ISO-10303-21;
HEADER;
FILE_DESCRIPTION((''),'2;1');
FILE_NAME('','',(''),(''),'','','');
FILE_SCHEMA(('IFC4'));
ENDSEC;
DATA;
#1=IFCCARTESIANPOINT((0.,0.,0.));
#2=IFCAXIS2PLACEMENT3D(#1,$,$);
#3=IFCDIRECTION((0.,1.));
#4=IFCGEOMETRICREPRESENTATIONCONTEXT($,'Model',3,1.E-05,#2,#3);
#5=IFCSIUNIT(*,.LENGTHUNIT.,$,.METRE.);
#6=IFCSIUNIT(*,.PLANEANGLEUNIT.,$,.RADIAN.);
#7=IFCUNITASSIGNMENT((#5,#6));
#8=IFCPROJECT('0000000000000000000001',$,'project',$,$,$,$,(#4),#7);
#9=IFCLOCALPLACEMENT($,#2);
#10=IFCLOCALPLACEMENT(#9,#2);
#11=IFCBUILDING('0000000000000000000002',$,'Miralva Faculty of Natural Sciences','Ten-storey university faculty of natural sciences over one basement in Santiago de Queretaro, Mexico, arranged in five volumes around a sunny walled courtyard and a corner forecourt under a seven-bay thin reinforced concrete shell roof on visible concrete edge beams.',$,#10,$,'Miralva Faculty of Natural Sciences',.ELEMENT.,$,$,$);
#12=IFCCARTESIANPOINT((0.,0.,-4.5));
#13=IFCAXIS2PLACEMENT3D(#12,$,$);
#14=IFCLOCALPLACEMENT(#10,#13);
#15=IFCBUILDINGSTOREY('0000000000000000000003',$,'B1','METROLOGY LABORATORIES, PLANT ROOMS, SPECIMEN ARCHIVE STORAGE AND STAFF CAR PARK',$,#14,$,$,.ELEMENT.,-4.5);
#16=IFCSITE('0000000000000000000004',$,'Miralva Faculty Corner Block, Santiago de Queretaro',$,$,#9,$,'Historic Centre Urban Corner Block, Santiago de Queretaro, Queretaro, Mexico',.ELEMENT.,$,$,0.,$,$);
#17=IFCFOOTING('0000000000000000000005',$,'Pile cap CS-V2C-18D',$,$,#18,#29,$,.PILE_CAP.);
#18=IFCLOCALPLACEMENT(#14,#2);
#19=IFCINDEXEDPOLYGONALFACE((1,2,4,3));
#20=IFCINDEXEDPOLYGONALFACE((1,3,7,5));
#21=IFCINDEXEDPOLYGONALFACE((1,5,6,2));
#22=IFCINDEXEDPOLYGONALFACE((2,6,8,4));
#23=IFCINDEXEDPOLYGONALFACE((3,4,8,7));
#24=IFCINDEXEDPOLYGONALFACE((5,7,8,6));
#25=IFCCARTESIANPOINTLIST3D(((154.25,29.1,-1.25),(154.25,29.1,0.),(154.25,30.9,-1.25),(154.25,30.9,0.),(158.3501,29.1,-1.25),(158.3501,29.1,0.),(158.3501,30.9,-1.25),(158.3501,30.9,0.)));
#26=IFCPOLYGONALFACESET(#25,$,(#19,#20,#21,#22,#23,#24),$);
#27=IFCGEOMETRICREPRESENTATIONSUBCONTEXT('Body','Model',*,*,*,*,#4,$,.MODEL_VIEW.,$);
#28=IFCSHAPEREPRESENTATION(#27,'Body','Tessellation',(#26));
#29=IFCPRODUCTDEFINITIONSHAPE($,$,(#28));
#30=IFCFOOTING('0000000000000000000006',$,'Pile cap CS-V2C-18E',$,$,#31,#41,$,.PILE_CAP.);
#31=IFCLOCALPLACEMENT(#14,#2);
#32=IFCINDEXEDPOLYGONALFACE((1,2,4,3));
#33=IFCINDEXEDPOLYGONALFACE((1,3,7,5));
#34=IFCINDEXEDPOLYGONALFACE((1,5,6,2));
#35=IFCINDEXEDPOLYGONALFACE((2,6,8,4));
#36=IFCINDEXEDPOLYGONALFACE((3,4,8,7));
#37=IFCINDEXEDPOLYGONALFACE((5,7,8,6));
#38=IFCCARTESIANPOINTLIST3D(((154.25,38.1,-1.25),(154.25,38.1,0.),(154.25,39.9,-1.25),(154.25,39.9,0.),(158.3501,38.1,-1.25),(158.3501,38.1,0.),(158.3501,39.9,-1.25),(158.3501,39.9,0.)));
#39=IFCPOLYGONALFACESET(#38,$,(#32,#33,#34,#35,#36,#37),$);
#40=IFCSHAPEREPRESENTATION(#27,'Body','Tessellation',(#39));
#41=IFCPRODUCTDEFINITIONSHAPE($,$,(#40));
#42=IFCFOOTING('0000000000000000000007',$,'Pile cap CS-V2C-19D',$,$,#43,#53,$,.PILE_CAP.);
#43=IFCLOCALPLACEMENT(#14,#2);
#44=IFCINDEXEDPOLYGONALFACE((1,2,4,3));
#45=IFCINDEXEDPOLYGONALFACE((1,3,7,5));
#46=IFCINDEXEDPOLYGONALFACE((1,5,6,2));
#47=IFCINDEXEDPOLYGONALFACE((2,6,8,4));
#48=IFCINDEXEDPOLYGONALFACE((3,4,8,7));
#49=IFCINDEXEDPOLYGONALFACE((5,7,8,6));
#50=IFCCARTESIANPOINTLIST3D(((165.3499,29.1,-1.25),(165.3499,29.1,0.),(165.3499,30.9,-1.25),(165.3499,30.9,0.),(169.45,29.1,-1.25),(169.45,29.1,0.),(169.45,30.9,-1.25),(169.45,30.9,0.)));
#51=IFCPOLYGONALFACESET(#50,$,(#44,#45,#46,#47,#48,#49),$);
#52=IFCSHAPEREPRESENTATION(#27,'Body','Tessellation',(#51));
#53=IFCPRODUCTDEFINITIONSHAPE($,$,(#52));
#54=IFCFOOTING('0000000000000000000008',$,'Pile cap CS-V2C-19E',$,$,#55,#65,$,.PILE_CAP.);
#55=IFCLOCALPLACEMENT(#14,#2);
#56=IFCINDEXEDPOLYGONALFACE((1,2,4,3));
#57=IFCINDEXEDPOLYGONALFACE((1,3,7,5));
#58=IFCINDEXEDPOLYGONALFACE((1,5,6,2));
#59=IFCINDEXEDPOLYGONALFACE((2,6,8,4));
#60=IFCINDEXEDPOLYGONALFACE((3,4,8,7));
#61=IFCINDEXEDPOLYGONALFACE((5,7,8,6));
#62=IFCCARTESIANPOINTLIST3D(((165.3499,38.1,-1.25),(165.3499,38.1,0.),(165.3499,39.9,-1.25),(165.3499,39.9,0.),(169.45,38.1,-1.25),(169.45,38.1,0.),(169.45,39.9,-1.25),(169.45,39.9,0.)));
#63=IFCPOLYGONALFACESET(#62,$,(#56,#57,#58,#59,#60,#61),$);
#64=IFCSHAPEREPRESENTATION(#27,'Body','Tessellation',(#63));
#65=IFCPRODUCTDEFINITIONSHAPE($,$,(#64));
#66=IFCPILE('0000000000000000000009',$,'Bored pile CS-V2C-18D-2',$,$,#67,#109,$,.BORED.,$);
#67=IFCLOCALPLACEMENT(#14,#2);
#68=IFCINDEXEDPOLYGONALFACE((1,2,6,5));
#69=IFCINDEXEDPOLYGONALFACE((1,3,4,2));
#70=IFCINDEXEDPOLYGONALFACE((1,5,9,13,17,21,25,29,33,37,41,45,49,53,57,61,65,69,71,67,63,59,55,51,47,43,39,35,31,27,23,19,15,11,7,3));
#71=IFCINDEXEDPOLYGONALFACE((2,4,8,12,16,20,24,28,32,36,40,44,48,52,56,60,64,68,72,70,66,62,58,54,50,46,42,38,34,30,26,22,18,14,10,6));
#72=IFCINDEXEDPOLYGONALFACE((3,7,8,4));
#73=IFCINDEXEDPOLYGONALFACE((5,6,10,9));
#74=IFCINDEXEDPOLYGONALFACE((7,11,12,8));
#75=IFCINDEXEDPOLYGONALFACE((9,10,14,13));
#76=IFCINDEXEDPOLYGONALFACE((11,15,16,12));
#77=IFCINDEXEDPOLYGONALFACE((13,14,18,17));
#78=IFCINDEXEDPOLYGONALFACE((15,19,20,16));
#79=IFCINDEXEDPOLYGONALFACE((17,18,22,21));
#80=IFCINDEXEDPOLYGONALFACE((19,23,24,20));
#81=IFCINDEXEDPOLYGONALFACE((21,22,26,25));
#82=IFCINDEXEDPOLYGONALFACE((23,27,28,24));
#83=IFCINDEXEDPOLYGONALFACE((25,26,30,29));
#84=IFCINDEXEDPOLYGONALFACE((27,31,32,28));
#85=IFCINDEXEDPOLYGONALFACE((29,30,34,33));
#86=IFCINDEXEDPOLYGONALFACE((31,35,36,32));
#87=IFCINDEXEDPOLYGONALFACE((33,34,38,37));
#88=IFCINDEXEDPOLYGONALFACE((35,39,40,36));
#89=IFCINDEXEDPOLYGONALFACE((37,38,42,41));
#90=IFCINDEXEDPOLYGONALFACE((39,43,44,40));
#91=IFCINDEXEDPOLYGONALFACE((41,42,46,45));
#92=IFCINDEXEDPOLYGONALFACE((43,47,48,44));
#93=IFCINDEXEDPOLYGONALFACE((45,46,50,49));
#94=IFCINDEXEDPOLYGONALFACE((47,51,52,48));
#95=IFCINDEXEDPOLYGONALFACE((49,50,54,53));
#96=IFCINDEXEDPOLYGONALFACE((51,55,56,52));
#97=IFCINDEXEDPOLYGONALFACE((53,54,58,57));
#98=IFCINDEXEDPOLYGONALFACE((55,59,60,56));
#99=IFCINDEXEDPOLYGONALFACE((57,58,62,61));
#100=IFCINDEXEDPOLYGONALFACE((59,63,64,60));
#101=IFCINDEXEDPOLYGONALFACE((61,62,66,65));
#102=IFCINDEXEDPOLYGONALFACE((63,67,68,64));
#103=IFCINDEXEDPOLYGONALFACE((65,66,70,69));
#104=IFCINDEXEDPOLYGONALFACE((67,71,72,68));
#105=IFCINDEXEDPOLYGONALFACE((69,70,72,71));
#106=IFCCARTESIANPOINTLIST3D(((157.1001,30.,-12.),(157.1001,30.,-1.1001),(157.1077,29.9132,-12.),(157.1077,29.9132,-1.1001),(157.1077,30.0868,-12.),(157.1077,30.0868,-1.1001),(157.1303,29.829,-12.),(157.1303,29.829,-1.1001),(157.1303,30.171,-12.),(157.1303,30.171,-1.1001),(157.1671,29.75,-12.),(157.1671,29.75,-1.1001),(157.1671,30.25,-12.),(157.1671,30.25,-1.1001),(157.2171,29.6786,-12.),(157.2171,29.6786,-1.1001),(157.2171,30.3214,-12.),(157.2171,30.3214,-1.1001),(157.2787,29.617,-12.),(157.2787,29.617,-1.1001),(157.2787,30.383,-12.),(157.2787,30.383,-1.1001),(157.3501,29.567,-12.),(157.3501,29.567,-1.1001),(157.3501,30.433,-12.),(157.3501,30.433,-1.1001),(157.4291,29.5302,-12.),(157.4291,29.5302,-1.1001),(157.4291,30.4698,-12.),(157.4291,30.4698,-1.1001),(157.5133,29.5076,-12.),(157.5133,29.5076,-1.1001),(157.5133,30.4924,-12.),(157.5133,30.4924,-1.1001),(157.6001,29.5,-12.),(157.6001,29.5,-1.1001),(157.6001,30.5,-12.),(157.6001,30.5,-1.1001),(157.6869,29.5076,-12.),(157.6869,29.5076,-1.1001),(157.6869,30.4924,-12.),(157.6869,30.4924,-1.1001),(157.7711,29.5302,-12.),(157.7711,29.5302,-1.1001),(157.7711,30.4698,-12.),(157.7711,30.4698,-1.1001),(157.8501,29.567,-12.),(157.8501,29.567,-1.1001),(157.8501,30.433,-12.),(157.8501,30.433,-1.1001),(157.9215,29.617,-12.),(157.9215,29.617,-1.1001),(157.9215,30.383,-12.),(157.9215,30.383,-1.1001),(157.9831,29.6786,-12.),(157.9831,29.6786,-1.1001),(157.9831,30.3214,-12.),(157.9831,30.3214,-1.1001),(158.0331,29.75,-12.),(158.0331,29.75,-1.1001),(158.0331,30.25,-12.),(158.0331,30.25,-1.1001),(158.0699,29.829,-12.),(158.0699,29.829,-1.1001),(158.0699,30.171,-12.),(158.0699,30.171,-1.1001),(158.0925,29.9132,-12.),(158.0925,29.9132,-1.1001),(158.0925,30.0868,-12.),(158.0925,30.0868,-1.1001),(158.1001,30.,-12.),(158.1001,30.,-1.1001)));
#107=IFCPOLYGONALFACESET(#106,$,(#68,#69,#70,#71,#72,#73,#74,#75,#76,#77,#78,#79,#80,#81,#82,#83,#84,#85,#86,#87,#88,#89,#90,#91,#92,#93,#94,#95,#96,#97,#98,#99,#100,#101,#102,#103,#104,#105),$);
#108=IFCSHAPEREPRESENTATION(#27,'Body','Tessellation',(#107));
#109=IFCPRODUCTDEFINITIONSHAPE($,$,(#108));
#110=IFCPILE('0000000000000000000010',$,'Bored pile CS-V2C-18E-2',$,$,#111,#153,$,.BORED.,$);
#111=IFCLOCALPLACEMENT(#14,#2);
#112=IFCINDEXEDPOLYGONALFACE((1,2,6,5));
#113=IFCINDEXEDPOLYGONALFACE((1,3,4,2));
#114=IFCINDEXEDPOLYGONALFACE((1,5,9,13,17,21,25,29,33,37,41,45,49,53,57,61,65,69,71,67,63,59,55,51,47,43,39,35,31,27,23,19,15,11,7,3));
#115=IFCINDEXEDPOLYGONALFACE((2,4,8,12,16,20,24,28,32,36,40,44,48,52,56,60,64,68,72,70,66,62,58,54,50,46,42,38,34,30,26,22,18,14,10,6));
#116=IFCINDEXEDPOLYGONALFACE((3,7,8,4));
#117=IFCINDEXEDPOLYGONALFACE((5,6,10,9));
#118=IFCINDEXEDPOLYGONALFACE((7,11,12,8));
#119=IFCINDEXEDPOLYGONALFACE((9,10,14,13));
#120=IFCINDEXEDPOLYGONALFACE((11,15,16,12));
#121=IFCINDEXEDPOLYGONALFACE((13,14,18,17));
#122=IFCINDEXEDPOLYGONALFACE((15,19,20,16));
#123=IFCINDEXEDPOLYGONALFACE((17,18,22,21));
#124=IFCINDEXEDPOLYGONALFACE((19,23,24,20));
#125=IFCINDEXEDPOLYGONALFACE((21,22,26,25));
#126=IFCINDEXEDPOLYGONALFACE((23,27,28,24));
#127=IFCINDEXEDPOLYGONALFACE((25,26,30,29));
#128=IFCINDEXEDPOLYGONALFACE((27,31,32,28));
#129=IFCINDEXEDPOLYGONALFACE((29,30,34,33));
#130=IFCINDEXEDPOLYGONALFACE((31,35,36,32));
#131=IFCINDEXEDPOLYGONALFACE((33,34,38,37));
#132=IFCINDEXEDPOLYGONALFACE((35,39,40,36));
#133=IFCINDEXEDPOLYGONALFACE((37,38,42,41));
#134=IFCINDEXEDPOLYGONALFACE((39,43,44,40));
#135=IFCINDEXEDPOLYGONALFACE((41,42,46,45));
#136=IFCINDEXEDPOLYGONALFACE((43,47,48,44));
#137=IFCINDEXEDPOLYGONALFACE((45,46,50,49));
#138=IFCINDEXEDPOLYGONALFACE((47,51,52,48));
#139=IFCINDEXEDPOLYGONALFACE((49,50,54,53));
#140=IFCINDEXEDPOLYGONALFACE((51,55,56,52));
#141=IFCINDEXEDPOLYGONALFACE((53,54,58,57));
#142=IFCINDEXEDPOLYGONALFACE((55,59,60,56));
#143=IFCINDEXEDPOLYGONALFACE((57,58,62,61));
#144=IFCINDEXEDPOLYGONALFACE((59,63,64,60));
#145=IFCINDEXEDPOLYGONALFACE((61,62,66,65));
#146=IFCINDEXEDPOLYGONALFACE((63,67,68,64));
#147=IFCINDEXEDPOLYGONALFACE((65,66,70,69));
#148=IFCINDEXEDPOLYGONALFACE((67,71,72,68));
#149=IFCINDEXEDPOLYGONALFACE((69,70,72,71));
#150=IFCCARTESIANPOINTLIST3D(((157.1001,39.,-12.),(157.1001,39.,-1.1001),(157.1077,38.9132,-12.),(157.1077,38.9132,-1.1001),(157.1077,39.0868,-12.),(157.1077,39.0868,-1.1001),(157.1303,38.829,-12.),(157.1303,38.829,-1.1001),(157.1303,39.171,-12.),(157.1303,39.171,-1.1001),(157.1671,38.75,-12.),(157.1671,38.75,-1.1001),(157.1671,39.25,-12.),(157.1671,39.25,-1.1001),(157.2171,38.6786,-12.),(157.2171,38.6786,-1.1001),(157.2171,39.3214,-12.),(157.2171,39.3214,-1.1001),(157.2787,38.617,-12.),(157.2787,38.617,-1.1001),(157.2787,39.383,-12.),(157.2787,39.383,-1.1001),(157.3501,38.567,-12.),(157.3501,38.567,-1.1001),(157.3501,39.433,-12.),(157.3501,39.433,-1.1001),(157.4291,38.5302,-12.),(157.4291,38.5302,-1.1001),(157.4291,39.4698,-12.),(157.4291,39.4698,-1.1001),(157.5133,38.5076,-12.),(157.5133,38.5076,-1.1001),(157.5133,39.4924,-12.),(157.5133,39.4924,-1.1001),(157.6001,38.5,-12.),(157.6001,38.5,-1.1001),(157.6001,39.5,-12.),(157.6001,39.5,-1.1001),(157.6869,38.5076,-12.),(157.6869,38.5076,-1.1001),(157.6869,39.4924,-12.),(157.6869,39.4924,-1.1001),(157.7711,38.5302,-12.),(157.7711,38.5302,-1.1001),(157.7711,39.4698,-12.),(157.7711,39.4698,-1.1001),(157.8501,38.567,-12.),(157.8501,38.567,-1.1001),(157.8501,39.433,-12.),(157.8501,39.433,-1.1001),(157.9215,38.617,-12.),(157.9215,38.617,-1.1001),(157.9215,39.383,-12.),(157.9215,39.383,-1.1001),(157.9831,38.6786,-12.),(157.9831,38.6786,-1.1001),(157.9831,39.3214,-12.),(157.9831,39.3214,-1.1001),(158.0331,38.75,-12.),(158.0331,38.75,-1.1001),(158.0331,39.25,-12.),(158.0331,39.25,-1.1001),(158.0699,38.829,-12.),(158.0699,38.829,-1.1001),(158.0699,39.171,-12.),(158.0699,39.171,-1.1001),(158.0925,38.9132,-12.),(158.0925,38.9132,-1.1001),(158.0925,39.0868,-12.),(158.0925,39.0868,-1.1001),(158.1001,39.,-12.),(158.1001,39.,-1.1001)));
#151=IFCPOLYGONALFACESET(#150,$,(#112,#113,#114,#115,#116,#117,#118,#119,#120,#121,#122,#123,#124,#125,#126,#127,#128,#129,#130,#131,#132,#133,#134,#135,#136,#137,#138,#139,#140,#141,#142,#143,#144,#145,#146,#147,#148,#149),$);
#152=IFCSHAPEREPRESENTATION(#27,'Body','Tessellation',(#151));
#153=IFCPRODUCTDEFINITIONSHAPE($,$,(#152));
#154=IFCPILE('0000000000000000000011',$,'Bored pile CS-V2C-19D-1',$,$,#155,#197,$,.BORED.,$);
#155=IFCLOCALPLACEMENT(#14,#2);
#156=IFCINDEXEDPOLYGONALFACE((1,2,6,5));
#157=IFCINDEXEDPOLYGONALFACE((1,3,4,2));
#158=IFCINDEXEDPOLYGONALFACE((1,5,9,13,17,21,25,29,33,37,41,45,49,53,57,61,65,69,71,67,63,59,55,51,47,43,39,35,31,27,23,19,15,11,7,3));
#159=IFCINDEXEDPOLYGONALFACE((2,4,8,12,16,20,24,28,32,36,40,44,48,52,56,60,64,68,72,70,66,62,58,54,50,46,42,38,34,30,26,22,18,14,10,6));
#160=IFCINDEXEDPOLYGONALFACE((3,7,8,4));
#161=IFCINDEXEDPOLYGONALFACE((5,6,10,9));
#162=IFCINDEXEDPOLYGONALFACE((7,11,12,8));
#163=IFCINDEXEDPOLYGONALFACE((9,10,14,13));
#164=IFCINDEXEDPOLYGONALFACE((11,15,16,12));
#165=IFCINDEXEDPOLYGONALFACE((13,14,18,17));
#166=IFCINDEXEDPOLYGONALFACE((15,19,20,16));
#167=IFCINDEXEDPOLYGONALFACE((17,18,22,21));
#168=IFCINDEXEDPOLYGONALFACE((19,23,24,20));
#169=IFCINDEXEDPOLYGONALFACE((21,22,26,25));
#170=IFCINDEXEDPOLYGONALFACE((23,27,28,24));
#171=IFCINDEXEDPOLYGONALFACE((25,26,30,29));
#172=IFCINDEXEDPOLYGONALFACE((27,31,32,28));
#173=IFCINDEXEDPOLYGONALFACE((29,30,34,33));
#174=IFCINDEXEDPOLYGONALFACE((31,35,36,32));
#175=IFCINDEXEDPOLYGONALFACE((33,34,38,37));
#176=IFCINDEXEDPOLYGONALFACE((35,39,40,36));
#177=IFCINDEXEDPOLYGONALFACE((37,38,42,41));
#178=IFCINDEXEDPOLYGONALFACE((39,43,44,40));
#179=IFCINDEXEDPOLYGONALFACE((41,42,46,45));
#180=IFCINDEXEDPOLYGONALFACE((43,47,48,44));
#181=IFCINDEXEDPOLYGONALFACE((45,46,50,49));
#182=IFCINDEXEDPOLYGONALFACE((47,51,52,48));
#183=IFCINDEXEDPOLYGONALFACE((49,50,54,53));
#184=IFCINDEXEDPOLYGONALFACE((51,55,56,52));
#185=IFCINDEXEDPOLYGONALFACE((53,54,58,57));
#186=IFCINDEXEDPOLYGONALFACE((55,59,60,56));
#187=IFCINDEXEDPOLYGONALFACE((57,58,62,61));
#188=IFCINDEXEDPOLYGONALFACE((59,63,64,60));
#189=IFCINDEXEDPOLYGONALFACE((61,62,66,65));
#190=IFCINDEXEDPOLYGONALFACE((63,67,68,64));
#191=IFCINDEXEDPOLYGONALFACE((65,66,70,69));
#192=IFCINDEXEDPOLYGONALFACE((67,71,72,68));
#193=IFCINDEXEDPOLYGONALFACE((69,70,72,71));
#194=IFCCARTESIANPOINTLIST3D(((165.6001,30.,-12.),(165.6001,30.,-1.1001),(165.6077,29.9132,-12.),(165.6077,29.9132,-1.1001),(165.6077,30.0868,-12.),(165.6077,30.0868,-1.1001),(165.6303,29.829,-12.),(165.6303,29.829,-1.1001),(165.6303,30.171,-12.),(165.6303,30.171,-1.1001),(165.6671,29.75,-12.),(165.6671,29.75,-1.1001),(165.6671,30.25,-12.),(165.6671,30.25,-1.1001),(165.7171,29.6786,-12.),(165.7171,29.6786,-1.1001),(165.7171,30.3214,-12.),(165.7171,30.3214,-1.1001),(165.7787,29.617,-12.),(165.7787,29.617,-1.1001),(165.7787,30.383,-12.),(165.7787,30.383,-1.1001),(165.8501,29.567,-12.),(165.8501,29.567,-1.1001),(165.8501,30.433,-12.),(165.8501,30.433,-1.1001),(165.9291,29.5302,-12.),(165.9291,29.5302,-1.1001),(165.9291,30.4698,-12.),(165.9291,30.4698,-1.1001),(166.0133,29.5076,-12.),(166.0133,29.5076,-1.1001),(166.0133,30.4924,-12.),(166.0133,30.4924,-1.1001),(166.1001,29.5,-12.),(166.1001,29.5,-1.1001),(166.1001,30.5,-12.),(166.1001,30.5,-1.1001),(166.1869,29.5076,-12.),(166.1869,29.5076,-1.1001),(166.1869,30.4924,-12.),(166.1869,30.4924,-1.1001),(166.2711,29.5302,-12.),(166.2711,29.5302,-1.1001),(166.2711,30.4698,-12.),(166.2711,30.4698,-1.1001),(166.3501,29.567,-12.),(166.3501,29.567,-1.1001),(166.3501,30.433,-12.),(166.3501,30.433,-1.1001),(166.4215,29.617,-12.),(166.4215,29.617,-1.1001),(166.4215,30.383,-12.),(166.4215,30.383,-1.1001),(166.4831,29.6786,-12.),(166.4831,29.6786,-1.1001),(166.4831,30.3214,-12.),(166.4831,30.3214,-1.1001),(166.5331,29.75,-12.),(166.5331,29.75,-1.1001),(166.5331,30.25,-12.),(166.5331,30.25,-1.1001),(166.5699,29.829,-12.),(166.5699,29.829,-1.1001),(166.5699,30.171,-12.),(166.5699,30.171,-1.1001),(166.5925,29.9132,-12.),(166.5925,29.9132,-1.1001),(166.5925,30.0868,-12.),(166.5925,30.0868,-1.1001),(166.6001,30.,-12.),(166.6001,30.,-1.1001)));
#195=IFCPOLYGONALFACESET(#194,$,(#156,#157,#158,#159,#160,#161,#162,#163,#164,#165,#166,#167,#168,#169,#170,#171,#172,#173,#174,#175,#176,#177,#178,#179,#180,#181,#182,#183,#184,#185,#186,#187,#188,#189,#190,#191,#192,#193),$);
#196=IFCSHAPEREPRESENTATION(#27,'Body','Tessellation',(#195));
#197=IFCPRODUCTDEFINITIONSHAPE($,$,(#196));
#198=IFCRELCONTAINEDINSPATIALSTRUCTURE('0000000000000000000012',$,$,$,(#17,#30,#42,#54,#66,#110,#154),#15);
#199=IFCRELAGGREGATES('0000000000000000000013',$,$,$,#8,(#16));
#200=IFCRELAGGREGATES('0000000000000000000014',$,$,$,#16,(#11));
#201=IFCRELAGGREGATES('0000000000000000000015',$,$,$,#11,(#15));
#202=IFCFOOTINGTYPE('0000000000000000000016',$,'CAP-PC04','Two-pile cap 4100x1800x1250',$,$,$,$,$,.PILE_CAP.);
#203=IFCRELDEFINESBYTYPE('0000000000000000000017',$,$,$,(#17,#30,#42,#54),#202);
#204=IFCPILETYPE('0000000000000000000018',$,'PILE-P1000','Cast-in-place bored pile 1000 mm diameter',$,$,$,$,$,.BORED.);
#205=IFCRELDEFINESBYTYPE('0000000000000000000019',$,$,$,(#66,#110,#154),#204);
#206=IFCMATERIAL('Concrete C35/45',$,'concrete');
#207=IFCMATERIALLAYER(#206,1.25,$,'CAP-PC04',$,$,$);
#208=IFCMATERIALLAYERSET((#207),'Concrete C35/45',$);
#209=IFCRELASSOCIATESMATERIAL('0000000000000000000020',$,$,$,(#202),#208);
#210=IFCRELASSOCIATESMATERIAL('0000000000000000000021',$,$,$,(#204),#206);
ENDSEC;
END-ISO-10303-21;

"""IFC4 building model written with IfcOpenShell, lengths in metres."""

from ifc_helpers import new_model, si_unit, direction, frame, origin, origin_2d, place, context, subcontext, project, spatial, rectangle, circle, extrude, material, layer, layer_set, material_profile, profile_set, type_object, element, save


model = new_model("IFC4")

# Units and contexts
model_context = context("Model", 3, precision=1e-05, world=origin(), true_north=direction((0.0, 1.0)))
body_context = subcontext(model_context, "Body", "Model", "MODEL_VIEW")
ifc_project = project(units=[si_unit("LENGTHUNIT", "METRE"), si_unit("PLANEANGLEUNIT", "RADIAN")], contexts=[model_context])

# Site, building, storey
site_placement = place(None, origin())
site = spatial("IfcSite", under=ifc_project, at=site_placement, Name="Miralva Faculty Corner Block, Santiago de Queretaro", LongName="Historic Centre Urban Corner Block, Santiago de Queretaro, Queretaro, Mexico", CompositionType="ELEMENT", RefElevation=0.0)
building_placement = place(site_placement, origin())
building = spatial("IfcBuilding", under=site, at=building_placement, Name="Miralva Faculty of Natural Sciences", Description="Ten-storey university faculty of natural sciences over one basement in Santiago de Queretaro, Mexico, arranged in five volumes around a sunny walled courtyard and a corner forecourt under a seven-bay thin reinforced concrete shell roof on visible concrete edge beams.", LongName="Miralva Faculty of Natural Sciences", CompositionType="ELEMENT")
storey_placement = place(building_placement, frame((0.0, 0.0, -4.5)))
storey = spatial("IfcBuildingStorey", under=building, at=storey_placement, Name="B1", Description="METROLOGY LABORATORIES, PLANT ROOMS, SPECIMEN ARCHIVE STORAGE AND STAFF CAR PARK", CompositionType="ELEMENT", Elevation=-4.5)

# Footings
ifc_material_1 = material(Name="Concrete C35/45", Category="concrete")
ifc_layer = layer(ifc_material_1, 1.25, Name="CAP-PC04")
ifc_layer_set = layer_set([ifc_layer], Name="Concrete C35/45")
footing_type_1 = type_object("IfcFootingType", Name="CAP-PC04", Description="Two-pile cap 4100x1800x1250", PredefinedType="PILE_CAP", material=ifc_layer_set)
for number, where, z_axis, x_axis, name in (
    (1, (156.3, 30.0, -1.25), (0.0, 0.0, 1.0), (1.0, 0.0, 0.0), "Pile cap CS-V2C-18D"),
    (2, (156.3, 39.0, -1.25), (0.0, 0.0, 1.0), (1.0, 0.0, 0.0), "Pile cap CS-V2C-18E"),
    (3, (167.3999, 30.0, -1.25), (0.0, 0.0, 1.0), (1.0, 0.0, 0.0), "Pile cap CS-V2C-19D"),
    (4, (167.3999, 39.0, -1.25), (0.0, 0.0, 1.0), (1.0, 0.0, 0.0), "Pile cap CS-V2C-19E"),
):
    element("IfcFooting", number, at=place(storey_placement, frame(where, z_axis=z_axis, x_axis=x_axis)), inside=storey, type_object=footing_type_1, Name=name, PredefinedType="PILE_CAP", context=body_context, shape_type="SweptSolid", body=[
        extrude(rectangle(XDim=4.1001, YDim=1.8, at=origin_2d()), origin(), (0.0, 0.0, 1.0), 1.25),
    ])

# Piles
ifc_material_profile_1 = material_profile(ifc_material_1, circle(Radius=0.5, at=origin_2d()), Name="BORED PILE 1000")
ifc_profile_set_1 = profile_set([ifc_material_profile_1], Name="Concrete C35/45")
pile_type = type_object("IfcPileType", Name="PILE-P1000", Description="Cast-in-place bored pile 1000 mm diameter", PredefinedType="BORED", material=ifc_profile_set_1)
for number, where, z_axis, x_axis, name in (
    (5, (157.6001, 30.0, -1.1001), (0.0, 0.0, -1.0), (1.0, 0.0, 0.0), "Bored pile CS-V2C-18D-2"),
    (6, (157.6001, 39.0, -1.1001), (0.0, 0.0, -1.0), (1.0, 0.0, 0.0), "Bored pile CS-V2C-18E-2"),
    (7, (166.1001, 30.0, -1.1001), (0.0, 0.0, -1.0), (1.0, 0.0, 0.0), "Bored pile CS-V2C-19D-1"),
):
    element("IfcPile", number, at=place(storey_placement, frame(where, z_axis=z_axis, x_axis=x_axis)), inside=storey, type_object=pile_type, Name=name, PredefinedType="BORED", context=body_context, shape_type="SweptSolid", body=[
        extrude(circle(Radius=0.5, at=origin_2d()), origin(), (0.0, 0.0, 1.0), 10.8999),
    ])

save(model, "model.ifc")
